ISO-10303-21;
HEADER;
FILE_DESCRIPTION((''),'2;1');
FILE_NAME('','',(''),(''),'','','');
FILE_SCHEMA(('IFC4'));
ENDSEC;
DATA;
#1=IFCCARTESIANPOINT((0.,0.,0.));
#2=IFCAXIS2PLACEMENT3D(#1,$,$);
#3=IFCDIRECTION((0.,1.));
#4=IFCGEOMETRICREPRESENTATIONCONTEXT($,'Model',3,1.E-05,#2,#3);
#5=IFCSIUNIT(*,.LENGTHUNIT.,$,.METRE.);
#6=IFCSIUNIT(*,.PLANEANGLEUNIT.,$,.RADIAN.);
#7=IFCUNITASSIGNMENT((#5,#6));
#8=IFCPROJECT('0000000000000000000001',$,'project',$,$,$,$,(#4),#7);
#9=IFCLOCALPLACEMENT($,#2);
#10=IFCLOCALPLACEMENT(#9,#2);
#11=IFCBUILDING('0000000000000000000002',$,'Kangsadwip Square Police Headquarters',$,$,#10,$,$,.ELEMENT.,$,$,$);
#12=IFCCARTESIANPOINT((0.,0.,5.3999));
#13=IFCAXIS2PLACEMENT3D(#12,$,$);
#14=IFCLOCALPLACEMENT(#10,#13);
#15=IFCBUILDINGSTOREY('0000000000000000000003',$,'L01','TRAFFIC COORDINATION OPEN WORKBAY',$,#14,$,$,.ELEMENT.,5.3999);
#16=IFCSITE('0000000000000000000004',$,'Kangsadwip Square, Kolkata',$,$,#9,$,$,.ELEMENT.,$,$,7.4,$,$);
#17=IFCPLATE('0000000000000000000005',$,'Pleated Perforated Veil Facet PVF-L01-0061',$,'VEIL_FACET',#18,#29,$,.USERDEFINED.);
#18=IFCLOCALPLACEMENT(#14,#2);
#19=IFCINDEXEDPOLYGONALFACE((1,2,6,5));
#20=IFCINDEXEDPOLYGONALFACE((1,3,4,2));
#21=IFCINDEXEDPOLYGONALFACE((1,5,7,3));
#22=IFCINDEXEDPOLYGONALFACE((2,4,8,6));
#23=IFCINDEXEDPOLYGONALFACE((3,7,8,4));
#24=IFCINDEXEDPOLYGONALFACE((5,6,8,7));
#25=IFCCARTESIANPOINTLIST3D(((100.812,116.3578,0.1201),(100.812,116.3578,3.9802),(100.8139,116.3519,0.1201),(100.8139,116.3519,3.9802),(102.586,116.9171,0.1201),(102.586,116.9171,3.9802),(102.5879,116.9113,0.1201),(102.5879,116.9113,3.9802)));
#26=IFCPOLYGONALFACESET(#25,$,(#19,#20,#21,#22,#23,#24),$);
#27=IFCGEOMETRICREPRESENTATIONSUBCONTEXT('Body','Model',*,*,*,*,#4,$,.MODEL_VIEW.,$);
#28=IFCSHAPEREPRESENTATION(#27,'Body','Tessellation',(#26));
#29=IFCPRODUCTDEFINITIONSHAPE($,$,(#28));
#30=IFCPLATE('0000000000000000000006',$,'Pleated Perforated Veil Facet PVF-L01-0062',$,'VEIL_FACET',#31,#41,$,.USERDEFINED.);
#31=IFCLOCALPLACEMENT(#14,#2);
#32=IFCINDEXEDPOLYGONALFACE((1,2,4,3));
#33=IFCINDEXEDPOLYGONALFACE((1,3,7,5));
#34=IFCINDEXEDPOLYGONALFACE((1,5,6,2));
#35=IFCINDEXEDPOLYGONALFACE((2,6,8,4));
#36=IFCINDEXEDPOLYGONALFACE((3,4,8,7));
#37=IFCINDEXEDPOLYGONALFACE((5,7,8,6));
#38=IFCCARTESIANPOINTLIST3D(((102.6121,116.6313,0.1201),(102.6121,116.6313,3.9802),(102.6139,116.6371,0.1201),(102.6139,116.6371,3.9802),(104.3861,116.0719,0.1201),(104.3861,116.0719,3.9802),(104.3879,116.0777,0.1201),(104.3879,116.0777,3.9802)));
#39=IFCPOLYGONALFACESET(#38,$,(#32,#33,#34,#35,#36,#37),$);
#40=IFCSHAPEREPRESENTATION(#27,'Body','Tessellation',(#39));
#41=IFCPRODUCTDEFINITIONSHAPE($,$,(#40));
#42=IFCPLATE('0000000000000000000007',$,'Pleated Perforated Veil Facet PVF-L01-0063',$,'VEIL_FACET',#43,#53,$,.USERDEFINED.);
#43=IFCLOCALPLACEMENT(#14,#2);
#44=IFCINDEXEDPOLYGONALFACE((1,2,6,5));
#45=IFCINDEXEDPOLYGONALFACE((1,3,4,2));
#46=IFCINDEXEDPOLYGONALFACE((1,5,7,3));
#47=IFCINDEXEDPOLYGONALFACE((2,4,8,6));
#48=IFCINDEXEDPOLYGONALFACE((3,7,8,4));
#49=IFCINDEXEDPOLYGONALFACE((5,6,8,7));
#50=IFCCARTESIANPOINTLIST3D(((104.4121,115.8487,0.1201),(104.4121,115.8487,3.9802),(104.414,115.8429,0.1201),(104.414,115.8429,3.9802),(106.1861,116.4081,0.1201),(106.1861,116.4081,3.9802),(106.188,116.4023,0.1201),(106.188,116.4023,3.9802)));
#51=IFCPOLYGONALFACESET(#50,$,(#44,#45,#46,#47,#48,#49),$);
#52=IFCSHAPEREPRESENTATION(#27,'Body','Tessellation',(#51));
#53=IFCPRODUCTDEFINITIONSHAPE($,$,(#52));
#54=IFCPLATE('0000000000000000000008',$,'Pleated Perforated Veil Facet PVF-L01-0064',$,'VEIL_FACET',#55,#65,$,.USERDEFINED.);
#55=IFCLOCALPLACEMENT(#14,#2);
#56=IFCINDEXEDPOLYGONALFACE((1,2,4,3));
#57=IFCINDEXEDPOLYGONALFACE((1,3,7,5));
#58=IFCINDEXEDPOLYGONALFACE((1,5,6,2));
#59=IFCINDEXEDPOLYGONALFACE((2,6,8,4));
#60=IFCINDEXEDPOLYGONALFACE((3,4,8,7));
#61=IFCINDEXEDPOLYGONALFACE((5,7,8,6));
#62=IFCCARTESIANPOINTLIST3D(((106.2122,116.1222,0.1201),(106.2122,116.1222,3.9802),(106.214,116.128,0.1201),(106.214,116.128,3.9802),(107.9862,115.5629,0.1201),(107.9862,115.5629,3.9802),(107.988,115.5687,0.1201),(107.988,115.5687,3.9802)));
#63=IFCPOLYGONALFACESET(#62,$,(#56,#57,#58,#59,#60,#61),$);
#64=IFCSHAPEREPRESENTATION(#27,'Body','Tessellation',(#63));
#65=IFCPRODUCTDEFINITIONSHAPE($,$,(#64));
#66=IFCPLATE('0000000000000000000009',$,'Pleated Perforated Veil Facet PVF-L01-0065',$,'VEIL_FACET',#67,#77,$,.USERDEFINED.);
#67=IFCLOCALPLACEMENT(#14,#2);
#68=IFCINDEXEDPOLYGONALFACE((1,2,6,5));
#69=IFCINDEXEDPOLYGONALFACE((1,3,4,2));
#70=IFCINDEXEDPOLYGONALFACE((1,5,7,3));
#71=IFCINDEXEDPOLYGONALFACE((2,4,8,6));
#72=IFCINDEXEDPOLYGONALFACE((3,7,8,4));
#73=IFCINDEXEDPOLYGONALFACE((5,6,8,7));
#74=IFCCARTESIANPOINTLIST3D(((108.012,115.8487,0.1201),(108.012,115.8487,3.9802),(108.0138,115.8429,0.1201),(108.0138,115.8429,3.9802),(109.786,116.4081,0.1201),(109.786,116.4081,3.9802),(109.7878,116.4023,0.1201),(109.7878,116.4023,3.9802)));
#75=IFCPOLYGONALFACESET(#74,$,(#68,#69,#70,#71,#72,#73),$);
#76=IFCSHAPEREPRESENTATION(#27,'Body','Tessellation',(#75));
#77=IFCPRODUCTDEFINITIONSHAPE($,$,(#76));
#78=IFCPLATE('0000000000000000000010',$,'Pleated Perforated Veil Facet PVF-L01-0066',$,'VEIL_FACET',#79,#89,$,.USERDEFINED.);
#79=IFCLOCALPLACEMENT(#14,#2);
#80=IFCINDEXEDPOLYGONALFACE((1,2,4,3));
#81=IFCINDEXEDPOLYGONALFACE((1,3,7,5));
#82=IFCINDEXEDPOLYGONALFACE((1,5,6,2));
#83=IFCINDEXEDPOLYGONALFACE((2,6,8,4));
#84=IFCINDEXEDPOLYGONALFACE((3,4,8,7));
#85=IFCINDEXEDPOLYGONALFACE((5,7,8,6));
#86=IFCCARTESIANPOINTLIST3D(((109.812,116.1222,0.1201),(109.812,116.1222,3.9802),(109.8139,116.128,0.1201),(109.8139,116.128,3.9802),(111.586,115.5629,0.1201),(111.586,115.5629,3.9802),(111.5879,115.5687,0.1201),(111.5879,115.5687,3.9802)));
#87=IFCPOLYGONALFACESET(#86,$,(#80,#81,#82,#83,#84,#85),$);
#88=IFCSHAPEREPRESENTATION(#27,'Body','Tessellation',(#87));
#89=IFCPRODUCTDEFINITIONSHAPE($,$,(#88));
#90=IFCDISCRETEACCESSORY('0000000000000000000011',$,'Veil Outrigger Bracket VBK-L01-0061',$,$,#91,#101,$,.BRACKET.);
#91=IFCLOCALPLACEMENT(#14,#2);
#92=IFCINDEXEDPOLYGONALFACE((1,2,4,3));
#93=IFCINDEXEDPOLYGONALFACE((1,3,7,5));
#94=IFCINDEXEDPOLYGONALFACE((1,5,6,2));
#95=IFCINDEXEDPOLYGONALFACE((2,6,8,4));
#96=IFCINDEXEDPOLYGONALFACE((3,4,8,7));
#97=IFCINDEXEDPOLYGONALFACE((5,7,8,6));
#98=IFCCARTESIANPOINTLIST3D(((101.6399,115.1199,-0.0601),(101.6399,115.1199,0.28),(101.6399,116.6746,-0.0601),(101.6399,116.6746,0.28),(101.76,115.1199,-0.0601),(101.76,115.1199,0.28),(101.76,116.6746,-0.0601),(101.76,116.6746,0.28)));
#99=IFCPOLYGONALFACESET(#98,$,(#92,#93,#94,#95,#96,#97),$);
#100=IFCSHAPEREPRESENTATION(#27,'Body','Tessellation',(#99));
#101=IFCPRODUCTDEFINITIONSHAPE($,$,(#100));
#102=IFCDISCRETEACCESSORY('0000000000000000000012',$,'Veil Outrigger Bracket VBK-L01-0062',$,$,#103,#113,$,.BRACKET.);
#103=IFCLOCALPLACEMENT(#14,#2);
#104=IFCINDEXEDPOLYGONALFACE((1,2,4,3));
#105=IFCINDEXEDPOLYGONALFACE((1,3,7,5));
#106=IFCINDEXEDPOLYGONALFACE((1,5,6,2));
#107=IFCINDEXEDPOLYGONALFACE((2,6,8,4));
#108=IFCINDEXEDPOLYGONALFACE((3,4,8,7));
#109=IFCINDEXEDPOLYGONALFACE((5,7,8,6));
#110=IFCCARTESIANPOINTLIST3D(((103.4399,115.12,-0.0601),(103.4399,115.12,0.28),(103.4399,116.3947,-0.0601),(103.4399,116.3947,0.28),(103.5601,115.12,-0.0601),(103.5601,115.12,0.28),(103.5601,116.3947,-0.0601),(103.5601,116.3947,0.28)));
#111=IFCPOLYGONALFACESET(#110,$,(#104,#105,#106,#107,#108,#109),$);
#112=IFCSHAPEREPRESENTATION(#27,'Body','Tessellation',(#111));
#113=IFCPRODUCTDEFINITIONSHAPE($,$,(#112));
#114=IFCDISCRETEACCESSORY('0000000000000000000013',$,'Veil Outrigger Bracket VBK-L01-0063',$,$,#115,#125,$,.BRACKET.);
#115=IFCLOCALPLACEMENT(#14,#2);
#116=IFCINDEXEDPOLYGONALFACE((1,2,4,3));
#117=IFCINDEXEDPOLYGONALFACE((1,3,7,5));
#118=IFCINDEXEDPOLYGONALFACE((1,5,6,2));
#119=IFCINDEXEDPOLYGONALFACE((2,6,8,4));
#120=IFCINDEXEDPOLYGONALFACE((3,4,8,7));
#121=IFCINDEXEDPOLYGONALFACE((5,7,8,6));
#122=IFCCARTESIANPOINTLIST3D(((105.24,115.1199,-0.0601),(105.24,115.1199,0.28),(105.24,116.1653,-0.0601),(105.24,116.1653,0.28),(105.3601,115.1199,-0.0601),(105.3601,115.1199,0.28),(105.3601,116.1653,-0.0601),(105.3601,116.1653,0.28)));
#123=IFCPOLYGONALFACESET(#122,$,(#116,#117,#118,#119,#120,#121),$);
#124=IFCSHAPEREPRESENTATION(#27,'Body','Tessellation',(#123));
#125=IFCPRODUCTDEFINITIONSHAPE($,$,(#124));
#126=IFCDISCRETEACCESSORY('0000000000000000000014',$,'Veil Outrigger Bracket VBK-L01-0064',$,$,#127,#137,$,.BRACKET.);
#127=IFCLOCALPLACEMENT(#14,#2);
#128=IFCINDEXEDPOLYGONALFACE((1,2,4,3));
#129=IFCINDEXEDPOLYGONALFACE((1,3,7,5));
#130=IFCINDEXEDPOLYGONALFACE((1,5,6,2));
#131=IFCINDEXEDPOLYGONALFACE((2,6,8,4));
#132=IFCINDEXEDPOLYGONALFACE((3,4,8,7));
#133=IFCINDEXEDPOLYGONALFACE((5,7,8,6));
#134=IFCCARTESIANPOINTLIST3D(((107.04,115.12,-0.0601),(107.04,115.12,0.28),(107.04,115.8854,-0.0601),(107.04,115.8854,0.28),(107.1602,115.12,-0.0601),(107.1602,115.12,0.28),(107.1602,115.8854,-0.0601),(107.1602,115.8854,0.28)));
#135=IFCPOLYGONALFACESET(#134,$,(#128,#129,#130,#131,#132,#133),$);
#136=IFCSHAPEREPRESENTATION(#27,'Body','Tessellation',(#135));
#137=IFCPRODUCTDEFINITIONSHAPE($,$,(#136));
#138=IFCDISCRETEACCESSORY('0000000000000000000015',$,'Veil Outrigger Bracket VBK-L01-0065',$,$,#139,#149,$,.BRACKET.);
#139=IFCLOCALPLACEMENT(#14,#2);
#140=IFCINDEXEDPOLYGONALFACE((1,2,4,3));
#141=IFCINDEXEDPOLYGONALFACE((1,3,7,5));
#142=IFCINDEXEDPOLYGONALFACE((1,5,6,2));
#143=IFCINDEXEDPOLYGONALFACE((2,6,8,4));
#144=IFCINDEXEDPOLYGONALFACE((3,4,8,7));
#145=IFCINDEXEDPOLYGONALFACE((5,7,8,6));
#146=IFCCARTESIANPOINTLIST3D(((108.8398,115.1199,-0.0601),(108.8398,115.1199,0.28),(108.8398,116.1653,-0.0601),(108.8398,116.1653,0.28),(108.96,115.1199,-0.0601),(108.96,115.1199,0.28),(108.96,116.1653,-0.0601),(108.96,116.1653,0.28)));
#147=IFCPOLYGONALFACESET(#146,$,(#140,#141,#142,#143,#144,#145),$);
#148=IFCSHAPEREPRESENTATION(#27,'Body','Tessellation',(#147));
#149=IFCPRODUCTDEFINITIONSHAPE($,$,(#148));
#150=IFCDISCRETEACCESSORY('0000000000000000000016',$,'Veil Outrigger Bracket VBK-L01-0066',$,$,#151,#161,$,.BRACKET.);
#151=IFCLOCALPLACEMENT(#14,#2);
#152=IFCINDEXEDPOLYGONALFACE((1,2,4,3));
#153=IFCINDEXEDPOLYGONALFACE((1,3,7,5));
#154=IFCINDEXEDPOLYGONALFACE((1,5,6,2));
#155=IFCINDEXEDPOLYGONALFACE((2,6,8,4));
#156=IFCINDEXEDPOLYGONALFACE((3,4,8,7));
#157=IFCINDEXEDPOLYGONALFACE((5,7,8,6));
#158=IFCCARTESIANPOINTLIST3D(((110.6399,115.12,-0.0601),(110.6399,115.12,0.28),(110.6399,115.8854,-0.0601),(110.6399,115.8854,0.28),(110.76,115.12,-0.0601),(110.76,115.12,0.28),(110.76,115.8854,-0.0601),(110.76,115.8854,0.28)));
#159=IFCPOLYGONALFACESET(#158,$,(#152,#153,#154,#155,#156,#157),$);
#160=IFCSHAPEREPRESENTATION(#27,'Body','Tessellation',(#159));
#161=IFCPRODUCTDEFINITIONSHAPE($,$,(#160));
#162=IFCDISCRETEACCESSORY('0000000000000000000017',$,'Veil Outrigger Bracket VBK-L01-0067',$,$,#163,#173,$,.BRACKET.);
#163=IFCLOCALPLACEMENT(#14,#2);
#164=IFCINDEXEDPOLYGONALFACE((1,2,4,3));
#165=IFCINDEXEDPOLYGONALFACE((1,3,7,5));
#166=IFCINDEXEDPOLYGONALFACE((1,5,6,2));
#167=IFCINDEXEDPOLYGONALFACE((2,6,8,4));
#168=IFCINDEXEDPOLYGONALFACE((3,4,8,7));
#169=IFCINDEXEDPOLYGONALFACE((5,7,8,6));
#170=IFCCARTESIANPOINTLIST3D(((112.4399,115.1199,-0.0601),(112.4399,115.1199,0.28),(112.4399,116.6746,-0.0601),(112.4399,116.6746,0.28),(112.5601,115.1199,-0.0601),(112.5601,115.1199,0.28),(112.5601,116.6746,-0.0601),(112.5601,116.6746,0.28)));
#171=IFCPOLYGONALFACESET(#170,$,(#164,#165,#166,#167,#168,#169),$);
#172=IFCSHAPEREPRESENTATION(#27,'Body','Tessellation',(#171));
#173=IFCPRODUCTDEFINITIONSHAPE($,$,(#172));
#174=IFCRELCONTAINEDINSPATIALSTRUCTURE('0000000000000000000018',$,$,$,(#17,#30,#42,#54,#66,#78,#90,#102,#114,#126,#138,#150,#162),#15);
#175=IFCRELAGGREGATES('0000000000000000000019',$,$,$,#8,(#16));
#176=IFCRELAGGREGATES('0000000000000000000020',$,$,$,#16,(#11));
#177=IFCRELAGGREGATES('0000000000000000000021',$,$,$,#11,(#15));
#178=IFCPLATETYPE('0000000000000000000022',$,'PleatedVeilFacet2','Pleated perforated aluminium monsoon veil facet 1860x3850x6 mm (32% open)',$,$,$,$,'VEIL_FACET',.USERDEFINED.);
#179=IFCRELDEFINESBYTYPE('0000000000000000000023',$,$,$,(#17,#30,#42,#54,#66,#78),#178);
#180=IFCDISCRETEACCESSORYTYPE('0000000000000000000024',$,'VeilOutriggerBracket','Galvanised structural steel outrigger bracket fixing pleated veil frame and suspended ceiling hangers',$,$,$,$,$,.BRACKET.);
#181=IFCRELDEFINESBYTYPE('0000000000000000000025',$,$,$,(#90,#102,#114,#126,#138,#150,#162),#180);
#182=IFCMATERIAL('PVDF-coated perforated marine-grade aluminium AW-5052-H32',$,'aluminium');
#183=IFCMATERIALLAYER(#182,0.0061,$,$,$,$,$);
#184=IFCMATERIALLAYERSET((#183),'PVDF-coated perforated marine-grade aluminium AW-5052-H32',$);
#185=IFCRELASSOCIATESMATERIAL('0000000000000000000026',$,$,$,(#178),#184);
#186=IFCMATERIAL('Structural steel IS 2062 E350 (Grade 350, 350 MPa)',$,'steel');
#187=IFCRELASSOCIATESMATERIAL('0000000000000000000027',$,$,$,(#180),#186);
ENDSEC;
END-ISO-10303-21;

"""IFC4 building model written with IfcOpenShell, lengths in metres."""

from ifc_helpers import new_model, si_unit, direction, frame, origin, origin_2d, place, context, subcontext, project, spatial, rectangle, extrude, material, layer, layer_set, type_object, element, save


model = new_model("IFC4")

# Units and contexts
model_context = context("Model", 3, precision=1e-05, world=origin(), true_north=direction((0.0, 1.0)))
body_context = subcontext(model_context, "Body", "Model", "MODEL_VIEW")
ifc_project = project(units=[si_unit("LENGTHUNIT", "METRE"), si_unit("PLANEANGLEUNIT", "RADIAN")], contexts=[model_context])

# Site, building, storey
site_placement = place(None, origin())
site = spatial("IfcSite", under=ifc_project, at=site_placement, Name="Kangsadwip Square, Kolkata", CompositionType="ELEMENT", RefElevation=7.4)
building_placement = place(site_placement, origin())
building = spatial("IfcBuilding", under=site, at=building_placement, Name="Kangsadwip Square Police Headquarters", CompositionType="ELEMENT")
storey_placement = place(building_placement, frame((0.0, 0.0, 5.3999)))
storey = spatial("IfcBuildingStorey", under=building, at=storey_placement, Name="L01", Description="TRAFFIC COORDINATION OPEN WORKBAY", CompositionType="ELEMENT", Elevation=5.3999)

# Plates
ifc_material_1 = material(Name="PVDF-coated perforated marine-grade aluminium AW-5052-H32", Category="aluminium")
ifc_layer_1 = layer(ifc_material_1, 0.0061)
ifc_layer_set_1 = layer_set([ifc_layer_1], Name="PVDF-coated perforated marine-grade aluminium AW-5052-H32")
plate_type_1 = type_object("IfcPlateType", Name="PleatedVeilFacet2", Description="Pleated perforated aluminium monsoon veil facet 1860x3850x6 mm (32% open)", ElementType="VEIL_FACET", PredefinedType="USERDEFINED", material=ifc_layer_set_1)
for number, where, z_axis, x_axis, name in (
    (1, (101.7, 116.6345, 0.1201), (0.0, 0.0, 1.0), (0.953717, 0.300706, 0.0), "Pleated Perforated Veil Facet PVF-L01-0061"),
    (2, (103.5, 116.3545, 0.1201), (0.0, 0.0, 1.0), (0.953717, -0.300706, 0.0), "Pleated Perforated Veil Facet PVF-L01-0062"),
    (3, (105.3, 116.1255, 0.1201), (0.0, 0.0, 1.0), (0.953717, 0.300706, 0.0), "Pleated Perforated Veil Facet PVF-L01-0063"),
    (4, (107.1001, 115.8455, 0.1201), (0.0, 0.0, 1.0), (0.953717, -0.300706, 0.0), "Pleated Perforated Veil Facet PVF-L01-0064"),
    (5, (108.8999, 116.1255, 0.1201), (0.0, 0.0, 1.0), (0.953717, 0.300706, 0.0), "Pleated Perforated Veil Facet PVF-L01-0065"),
    (6, (110.7, 115.8455, 0.1201), (0.0, 0.0, 1.0), (0.953717, -0.300706, 0.0), "Pleated Perforated Veil Facet PVF-L01-0066"),
):
    element("IfcPlate", number, at=place(storey_placement, frame(where, z_axis=z_axis, x_axis=x_axis)), inside=storey, type_object=plate_type_1, Name=name, ObjectType="VEIL_FACET", PredefinedType="USERDEFINED", context=body_context, shape_type="SweptSolid", body=[
        extrude(rectangle(XDim=1.8601, YDim=0.0061, at=origin_2d()), origin(), (0.0, 0.0, 1.0), 3.8601),
    ])

# Discrete accessories
ifc_material_2 = material(Name="Structural steel IS 2062 E350 (Grade 350, 350 MPa)", Category="steel")
discrete_accessory_type = type_object("IfcDiscreteAccessoryType", Name="VeilOutriggerBracket", Description="Galvanised structural steel outrigger bracket fixing pleated veil frame and suspended ceiling hangers", PredefinedType="BRACKET", material=ifc_material_2)
discrete_accessory_1_placement = place(storey_placement, frame((101.7, 115.8972, -0.0601), z_axis=(0.0, 0.0, 1.0), x_axis=(1.0, 0.0, 0.0)))
element("IfcDiscreteAccessory", 7, at=discrete_accessory_1_placement, inside=storey, type_object=discrete_accessory_type, Name="Veil Outrigger Bracket VBK-L01-0061", PredefinedType="BRACKET", context=body_context, shape_type="SweptSolid", body=[
    extrude(rectangle(XDim=0.1201, YDim=1.5547, at=origin_2d()), origin(), (0.0, 0.0, 1.0), 0.3401),
])
discrete_accessory_2_placement = place(storey_placement, frame((103.5, 115.7573, -0.0601), z_axis=(0.0, 0.0, 1.0), x_axis=(1.0, 0.0, 0.0)))
element("IfcDiscreteAccessory", 8, at=discrete_accessory_2_placement, inside=storey, type_object=discrete_accessory_type, Name="Veil Outrigger Bracket VBK-L01-0062", PredefinedType="BRACKET", context=body_context, shape_type="SweptSolid", body=[
    extrude(rectangle(XDim=0.1201, YDim=1.2747, at=origin_2d()), origin(), (0.0, 0.0, 1.0), 0.3401),
])
discrete_accessory_3_placement = place(storey_placement, frame((105.3, 115.6426, -0.0601), z_axis=(0.0, 0.0, 1.0), x_axis=(1.0, 0.0, 0.0)))
element("IfcDiscreteAccessory", 9, at=discrete_accessory_3_placement, inside=storey, type_object=discrete_accessory_type, Name="Veil Outrigger Bracket VBK-L01-0063", PredefinedType="BRACKET", context=body_context, shape_type="SweptSolid", body=[
    extrude(rectangle(XDim=0.1201, YDim=1.0454, at=origin_2d()), origin(), (0.0, 0.0, 1.0), 0.3401),
])
discrete_accessory_4_placement = place(storey_placement, frame((107.1001, 115.5027, -0.0601), z_axis=(0.0, 0.0, 1.0), x_axis=(1.0, 0.0, 0.0)))
element("IfcDiscreteAccessory", 10, at=discrete_accessory_4_placement, inside=storey, type_object=discrete_accessory_type, Name="Veil Outrigger Bracket VBK-L01-0064", PredefinedType="BRACKET", context=body_context, shape_type="SweptSolid", body=[
    extrude(rectangle(XDim=0.1201, YDim=0.7654, at=origin_2d()), origin(), (0.0, 0.0, 1.0), 0.3401),
])
discrete_accessory_5_placement = place(storey_placement, frame((108.8999, 115.6426, -0.0601), z_axis=(0.0, 0.0, 1.0), x_axis=(1.0, 0.0, 0.0)))
element("IfcDiscreteAccessory", 11, at=discrete_accessory_5_placement, inside=storey, type_object=discrete_accessory_type, Name="Veil Outrigger Bracket VBK-L01-0065", PredefinedType="BRACKET", context=body_context, shape_type="SweptSolid", body=[
    extrude(rectangle(XDim=0.1201, YDim=1.0454, at=origin_2d()), origin(), (0.0, 0.0, 1.0), 0.3401),
])
discrete_accessory_6_placement = place(storey_placement, frame((110.7, 115.5027, -0.0601), z_axis=(0.0, 0.0, 1.0), x_axis=(1.0, 0.0, 0.0)))
element("IfcDiscreteAccessory", 12, at=discrete_accessory_6_placement, inside=storey, type_object=discrete_accessory_type, Name="Veil Outrigger Bracket VBK-L01-0066", PredefinedType="BRACKET", context=body_context, shape_type="SweptSolid", body=[
    extrude(rectangle(XDim=0.1201, YDim=0.7654, at=origin_2d()), origin(), (0.0, 0.0, 1.0), 0.3401),
])
discrete_accessory_7_placement = place(storey_placement, frame((112.5, 115.8972, -0.0601), z_axis=(0.0, 0.0, 1.0), x_axis=(1.0, 0.0, 0.0)))
element("IfcDiscreteAccessory", 13, at=discrete_accessory_7_placement, inside=storey, type_object=discrete_accessory_type, Name="Veil Outrigger Bracket VBK-L01-0067", PredefinedType="BRACKET", context=body_context, shape_type="SweptSolid", body=[
    extrude(rectangle(XDim=0.1201, YDim=1.5547, at=origin_2d()), origin(), (0.0, 0.0, 1.0), 0.3401),
])

save(model, "model.ifc")
